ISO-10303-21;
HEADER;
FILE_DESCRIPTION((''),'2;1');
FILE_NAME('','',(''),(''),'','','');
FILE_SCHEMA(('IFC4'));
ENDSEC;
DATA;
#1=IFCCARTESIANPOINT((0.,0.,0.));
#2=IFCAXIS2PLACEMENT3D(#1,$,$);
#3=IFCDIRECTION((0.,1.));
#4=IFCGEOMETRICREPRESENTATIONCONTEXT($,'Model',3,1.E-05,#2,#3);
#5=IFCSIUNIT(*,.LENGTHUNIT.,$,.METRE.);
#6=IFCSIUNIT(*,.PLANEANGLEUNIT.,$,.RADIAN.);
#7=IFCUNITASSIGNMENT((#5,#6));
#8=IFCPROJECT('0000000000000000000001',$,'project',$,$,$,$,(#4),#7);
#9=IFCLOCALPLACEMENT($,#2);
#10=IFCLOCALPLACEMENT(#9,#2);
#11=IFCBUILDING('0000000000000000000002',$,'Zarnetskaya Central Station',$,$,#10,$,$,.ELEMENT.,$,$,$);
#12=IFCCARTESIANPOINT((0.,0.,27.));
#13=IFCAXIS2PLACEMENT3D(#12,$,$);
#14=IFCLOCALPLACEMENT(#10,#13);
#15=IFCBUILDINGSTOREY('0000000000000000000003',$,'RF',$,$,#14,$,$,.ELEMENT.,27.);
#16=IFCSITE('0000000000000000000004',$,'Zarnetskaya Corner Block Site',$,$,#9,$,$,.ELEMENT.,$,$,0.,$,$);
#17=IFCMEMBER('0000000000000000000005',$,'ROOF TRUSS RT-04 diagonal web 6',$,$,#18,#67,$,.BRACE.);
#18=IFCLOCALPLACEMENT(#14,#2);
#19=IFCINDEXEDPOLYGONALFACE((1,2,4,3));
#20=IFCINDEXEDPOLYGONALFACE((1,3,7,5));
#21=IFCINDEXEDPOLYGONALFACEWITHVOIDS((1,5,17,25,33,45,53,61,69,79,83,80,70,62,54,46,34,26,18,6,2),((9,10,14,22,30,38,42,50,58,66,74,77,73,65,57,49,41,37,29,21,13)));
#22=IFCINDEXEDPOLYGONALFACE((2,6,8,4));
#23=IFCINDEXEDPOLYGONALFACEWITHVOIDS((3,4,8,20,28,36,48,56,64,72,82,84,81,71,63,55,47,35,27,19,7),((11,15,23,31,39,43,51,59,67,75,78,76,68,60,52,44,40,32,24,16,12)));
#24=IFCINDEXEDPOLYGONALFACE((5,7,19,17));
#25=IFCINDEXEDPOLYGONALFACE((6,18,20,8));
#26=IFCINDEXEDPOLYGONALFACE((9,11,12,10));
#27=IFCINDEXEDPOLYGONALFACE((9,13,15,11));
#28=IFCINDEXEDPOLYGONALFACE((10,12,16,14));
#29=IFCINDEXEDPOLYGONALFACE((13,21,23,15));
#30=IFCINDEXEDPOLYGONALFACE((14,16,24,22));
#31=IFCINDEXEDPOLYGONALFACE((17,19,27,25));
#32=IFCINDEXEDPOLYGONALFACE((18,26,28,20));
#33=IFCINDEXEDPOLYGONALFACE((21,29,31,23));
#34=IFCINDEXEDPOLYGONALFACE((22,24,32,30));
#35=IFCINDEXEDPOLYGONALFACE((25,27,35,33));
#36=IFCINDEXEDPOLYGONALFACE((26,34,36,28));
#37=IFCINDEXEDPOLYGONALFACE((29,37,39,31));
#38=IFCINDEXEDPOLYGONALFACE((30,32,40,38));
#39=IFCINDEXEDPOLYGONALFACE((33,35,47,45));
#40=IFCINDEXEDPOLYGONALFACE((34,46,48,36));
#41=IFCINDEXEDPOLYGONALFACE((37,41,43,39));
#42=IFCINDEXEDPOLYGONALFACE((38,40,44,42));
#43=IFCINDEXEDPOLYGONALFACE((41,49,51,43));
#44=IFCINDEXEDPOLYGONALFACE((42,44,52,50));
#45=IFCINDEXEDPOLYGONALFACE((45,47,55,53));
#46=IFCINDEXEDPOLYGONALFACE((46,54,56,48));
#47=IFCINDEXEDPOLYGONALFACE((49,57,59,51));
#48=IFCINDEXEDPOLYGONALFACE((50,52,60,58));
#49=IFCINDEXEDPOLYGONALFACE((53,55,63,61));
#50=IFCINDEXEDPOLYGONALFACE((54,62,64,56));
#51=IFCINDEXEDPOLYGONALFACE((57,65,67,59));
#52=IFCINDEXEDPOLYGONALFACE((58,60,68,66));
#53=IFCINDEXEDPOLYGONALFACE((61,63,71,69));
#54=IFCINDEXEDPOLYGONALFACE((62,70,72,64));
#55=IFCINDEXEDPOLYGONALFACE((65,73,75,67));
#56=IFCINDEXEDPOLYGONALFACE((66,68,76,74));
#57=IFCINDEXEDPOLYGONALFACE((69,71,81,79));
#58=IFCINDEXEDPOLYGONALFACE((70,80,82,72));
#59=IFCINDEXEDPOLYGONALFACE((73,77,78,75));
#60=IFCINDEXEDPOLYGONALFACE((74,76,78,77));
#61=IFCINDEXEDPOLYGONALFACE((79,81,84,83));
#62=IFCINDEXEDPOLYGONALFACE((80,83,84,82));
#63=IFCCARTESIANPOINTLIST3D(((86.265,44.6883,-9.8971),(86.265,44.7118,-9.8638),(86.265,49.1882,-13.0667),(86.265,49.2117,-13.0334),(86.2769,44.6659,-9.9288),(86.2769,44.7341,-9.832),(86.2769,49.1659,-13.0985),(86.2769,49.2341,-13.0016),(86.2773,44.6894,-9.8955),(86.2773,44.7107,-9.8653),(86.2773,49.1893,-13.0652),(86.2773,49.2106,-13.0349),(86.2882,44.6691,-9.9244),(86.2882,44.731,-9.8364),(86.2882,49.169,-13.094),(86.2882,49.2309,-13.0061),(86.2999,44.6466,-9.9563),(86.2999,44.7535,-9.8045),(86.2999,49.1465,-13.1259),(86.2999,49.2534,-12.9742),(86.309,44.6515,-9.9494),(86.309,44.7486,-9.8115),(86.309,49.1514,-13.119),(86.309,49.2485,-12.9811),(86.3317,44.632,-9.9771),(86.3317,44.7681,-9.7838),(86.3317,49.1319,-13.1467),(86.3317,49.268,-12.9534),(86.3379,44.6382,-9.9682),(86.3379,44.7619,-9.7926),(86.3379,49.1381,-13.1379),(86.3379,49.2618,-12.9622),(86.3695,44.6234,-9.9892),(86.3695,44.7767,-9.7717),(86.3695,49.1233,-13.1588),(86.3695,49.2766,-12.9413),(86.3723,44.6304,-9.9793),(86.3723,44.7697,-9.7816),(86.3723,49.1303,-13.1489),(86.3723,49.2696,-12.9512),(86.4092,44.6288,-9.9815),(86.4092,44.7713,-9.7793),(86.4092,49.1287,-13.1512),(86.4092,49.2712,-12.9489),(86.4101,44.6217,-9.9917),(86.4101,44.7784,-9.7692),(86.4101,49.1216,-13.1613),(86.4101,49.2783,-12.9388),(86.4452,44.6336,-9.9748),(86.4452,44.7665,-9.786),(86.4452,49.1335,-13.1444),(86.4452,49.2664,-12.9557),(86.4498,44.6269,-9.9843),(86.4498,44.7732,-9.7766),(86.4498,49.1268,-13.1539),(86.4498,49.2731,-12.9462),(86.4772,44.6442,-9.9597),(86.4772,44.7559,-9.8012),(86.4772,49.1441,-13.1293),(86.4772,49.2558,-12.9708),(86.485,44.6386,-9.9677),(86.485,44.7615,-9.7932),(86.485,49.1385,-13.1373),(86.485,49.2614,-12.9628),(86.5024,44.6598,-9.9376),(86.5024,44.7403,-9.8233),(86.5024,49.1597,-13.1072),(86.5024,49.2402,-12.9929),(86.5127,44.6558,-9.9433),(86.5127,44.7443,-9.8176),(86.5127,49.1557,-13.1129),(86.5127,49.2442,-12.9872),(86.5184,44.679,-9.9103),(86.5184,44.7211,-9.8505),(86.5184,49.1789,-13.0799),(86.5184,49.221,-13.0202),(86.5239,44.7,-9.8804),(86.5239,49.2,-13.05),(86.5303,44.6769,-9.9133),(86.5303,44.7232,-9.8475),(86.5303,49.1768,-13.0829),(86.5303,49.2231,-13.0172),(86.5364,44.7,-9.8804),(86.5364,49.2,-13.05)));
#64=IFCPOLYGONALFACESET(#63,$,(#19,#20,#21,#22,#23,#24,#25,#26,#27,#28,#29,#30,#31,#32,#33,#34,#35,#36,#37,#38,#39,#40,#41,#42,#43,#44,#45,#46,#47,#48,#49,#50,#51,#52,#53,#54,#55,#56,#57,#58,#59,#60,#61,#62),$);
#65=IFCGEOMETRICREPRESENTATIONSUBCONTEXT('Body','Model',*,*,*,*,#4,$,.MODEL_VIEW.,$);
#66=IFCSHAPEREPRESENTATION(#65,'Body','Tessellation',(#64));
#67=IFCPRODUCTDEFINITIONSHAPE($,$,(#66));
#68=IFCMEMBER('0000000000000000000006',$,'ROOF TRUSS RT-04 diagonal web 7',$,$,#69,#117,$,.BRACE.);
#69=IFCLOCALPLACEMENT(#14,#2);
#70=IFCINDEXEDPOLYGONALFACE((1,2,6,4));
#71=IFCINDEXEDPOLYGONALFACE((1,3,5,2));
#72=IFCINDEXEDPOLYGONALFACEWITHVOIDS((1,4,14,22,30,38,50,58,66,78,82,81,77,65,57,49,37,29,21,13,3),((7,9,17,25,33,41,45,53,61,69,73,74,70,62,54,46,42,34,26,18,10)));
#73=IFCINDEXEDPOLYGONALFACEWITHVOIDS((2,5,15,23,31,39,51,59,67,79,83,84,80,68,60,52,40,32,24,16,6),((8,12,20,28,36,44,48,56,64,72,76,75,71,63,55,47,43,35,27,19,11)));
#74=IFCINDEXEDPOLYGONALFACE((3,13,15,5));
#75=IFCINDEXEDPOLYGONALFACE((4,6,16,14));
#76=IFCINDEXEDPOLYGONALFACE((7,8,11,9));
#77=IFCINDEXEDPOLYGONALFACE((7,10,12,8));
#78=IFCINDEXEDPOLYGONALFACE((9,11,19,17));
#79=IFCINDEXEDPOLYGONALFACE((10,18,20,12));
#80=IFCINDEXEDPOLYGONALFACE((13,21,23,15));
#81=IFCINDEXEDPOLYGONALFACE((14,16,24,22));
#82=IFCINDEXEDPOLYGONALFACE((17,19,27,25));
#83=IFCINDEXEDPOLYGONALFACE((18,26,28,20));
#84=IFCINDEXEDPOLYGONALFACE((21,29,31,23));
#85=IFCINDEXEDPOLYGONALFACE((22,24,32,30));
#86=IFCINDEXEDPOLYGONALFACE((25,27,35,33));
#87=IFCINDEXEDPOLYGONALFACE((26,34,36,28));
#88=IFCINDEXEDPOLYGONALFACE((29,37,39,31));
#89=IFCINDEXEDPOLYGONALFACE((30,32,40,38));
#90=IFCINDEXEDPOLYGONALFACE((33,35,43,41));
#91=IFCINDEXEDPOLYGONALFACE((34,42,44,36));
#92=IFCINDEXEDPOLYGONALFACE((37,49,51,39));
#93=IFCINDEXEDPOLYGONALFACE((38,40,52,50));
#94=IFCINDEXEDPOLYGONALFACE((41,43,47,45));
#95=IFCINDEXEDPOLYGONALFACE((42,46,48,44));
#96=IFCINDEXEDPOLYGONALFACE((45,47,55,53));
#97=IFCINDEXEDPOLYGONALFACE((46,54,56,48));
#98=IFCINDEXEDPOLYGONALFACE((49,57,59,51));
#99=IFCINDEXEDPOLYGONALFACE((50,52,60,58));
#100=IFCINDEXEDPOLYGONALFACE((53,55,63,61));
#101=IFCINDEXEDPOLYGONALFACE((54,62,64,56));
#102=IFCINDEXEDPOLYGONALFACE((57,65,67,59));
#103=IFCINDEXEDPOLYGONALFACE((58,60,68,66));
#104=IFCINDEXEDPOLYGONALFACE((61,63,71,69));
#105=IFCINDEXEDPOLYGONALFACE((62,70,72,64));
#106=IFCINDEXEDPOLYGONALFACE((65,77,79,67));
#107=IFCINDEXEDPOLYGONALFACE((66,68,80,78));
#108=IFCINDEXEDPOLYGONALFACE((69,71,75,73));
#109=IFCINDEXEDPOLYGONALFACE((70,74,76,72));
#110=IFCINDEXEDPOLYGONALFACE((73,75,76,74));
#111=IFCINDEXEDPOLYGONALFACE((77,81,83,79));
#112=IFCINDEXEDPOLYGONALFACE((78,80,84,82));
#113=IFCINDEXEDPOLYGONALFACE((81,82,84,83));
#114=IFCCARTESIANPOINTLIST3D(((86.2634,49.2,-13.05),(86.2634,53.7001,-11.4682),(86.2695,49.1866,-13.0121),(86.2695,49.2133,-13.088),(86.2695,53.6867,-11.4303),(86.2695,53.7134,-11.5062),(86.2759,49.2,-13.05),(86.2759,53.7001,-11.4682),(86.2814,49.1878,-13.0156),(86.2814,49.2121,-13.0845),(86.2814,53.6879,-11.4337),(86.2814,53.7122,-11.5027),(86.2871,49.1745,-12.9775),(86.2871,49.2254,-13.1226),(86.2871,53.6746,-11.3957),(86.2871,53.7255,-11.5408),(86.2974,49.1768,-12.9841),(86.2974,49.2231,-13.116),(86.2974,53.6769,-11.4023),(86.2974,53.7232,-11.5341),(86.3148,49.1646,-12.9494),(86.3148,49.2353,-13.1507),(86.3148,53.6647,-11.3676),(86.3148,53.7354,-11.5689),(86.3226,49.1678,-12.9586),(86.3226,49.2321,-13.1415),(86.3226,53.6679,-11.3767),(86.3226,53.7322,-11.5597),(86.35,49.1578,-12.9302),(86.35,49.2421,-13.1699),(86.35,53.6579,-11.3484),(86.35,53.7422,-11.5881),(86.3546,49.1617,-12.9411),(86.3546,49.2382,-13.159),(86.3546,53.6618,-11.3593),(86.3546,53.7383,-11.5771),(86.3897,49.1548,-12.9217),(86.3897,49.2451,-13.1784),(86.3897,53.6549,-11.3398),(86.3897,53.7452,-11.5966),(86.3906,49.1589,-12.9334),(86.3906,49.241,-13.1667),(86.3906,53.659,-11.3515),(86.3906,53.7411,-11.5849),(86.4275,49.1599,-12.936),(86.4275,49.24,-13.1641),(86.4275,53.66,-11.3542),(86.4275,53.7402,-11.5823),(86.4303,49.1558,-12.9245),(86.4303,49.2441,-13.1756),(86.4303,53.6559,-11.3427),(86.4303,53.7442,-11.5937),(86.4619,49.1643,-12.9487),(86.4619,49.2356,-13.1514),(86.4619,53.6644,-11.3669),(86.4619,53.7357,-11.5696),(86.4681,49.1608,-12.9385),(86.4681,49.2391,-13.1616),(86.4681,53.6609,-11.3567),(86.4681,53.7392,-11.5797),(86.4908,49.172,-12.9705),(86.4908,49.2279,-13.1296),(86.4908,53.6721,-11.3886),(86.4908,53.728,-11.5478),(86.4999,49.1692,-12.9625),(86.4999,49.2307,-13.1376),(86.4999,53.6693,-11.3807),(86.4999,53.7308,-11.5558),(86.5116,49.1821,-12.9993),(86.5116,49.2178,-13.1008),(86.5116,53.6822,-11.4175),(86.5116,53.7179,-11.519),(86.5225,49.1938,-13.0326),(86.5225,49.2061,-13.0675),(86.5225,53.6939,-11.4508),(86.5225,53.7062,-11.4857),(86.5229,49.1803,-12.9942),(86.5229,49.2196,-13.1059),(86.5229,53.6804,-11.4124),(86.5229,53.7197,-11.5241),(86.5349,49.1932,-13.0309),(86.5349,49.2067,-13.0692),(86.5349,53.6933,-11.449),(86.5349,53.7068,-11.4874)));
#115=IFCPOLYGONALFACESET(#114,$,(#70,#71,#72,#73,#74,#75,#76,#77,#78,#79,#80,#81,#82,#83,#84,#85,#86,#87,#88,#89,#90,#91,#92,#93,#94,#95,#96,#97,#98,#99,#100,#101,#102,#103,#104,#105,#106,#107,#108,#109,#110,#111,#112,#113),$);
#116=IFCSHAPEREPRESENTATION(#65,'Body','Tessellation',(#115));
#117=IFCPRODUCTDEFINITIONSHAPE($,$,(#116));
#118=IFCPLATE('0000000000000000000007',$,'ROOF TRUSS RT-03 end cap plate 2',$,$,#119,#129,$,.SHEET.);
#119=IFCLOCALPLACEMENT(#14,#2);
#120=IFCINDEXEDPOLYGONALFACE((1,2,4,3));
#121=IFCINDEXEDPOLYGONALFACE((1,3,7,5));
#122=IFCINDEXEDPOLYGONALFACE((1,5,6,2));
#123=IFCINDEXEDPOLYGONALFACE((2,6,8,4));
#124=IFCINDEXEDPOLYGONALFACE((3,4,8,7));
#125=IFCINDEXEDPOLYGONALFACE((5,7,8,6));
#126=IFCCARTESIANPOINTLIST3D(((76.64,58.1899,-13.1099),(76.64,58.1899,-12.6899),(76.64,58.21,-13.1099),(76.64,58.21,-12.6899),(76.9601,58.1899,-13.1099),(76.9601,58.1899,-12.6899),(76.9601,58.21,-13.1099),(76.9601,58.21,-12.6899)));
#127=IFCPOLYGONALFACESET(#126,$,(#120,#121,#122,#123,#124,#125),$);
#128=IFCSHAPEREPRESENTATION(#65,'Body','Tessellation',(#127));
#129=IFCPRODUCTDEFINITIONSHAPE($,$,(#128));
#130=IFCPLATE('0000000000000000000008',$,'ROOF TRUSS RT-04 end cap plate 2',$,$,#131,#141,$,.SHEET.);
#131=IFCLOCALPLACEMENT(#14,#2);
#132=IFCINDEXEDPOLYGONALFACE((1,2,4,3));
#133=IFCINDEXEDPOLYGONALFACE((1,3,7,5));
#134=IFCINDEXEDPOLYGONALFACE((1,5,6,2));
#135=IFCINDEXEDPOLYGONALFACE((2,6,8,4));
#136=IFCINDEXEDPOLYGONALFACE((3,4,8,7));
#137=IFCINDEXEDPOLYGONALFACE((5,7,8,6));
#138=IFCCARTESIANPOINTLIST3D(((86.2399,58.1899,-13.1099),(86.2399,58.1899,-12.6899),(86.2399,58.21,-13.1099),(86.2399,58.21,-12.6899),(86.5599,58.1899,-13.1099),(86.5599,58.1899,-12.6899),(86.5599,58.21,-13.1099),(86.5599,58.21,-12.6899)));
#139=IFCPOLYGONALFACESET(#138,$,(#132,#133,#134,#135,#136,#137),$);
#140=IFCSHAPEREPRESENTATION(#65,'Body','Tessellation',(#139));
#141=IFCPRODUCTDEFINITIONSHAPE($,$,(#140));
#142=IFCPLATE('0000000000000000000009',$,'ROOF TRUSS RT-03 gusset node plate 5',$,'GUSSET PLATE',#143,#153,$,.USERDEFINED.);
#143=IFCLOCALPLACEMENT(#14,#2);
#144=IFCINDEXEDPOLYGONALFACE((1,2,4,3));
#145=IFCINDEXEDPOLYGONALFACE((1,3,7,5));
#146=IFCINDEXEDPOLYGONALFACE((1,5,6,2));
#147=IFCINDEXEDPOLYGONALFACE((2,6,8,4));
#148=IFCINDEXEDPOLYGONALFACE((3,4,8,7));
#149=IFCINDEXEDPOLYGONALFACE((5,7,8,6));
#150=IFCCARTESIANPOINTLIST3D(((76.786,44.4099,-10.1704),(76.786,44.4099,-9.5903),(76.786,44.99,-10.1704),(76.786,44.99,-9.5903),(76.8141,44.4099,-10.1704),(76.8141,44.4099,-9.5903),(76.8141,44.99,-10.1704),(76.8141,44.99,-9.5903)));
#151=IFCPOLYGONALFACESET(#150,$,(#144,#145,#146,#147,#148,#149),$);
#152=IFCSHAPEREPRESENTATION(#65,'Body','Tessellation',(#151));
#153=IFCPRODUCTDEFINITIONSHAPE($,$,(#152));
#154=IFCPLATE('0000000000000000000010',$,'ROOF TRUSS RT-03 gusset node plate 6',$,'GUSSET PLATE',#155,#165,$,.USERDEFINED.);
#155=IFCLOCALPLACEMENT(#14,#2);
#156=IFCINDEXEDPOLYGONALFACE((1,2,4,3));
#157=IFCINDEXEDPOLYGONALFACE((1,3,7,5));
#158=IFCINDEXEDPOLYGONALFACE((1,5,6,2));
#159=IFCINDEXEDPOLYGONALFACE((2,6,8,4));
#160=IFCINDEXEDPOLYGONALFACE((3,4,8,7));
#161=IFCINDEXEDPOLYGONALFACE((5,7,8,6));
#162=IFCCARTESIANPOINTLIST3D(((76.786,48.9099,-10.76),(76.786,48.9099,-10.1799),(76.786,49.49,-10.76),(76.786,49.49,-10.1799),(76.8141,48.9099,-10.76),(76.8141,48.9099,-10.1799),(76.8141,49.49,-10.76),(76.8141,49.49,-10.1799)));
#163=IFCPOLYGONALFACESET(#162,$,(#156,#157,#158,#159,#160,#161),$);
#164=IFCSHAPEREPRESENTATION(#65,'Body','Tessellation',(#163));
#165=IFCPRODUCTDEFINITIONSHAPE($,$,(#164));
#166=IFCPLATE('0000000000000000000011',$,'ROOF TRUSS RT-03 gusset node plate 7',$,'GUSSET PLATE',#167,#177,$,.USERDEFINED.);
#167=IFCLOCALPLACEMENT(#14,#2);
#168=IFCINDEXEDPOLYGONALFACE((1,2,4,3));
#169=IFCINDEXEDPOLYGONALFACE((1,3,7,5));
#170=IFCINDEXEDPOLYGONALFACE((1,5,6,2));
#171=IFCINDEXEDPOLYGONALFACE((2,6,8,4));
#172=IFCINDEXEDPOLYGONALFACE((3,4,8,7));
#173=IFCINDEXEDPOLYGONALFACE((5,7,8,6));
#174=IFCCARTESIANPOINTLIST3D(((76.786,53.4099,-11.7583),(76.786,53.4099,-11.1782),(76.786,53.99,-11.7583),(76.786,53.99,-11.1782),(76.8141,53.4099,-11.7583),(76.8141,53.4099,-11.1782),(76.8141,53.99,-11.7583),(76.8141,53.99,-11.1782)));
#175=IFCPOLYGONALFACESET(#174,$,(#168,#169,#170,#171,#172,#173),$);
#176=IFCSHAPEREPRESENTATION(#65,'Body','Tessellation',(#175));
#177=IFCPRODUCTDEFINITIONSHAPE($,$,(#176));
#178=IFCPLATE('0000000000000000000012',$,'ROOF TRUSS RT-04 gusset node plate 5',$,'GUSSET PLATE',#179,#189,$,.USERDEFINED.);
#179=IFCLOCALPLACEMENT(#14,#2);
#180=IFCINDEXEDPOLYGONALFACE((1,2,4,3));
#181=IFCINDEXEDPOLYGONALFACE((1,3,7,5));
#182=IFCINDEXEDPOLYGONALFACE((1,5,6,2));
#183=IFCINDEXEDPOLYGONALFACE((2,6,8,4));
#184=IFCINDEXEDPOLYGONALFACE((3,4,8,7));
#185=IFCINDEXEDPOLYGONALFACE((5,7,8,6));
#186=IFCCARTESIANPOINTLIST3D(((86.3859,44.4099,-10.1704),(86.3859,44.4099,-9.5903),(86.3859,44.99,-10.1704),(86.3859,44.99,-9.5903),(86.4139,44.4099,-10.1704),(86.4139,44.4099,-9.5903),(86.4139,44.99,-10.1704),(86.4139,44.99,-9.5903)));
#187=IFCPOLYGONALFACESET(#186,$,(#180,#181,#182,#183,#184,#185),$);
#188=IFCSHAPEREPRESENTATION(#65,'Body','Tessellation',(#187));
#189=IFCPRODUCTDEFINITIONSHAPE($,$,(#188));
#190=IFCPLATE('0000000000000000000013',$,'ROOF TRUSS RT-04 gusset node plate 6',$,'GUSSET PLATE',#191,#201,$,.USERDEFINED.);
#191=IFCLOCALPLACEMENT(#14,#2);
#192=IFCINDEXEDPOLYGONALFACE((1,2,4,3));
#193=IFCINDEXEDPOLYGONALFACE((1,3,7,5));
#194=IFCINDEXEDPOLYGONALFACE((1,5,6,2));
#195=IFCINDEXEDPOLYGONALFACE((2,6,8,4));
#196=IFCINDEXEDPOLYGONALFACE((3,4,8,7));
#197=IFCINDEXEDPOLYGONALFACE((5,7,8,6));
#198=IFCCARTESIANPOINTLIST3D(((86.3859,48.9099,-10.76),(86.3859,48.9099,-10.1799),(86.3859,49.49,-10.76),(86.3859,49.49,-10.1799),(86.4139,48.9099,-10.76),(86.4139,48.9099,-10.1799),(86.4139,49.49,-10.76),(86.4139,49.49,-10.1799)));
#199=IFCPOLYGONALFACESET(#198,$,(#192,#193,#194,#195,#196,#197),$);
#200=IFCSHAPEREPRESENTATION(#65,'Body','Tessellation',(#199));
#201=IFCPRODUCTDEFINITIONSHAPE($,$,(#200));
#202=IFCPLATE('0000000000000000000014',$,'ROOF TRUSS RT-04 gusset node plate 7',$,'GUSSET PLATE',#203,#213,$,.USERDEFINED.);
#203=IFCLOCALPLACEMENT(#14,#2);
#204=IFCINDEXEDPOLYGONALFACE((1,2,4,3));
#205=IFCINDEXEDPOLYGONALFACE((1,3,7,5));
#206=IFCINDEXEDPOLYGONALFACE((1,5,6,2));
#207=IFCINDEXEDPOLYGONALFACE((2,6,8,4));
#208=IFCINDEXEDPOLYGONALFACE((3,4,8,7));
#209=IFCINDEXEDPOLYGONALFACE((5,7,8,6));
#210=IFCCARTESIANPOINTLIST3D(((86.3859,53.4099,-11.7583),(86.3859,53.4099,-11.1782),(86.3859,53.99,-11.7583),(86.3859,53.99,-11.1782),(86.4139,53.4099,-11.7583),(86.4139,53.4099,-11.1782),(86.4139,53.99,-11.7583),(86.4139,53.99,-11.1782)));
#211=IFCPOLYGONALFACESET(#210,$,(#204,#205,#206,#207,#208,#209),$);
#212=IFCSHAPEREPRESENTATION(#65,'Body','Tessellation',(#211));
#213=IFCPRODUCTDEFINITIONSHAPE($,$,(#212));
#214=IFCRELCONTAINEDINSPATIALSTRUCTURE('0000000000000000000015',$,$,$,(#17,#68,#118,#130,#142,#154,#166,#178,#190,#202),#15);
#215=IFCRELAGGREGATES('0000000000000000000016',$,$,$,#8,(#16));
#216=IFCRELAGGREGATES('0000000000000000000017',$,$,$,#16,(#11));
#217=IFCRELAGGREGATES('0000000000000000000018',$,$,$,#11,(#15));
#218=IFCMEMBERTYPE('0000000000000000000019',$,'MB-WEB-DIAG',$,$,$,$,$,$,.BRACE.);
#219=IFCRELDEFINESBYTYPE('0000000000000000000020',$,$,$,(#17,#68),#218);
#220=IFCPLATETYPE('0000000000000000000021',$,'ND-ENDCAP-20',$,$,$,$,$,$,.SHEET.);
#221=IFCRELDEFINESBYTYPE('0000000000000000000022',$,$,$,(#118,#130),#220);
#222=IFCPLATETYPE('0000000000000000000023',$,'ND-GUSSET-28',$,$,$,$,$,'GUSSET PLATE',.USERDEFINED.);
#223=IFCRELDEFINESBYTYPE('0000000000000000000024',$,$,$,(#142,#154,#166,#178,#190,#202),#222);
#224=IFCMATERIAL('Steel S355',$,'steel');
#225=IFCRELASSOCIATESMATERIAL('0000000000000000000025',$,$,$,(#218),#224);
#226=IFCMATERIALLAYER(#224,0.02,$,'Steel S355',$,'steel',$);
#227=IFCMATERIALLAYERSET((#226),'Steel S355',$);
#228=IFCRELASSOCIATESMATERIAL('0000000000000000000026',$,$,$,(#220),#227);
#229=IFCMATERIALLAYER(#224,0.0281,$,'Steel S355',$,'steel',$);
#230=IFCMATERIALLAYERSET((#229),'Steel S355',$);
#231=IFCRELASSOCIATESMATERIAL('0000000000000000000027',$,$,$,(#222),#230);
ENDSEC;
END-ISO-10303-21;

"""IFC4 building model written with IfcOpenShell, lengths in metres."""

from ifc_helpers import new_model, si_unit, direction, frame, origin, origin_2d, place, context, subcontext, project, spatial, rectangle, hollow_circle, extrude, material, layer, layer_set, material_profile, profile_set, type_object, element, save


model = new_model("IFC4")

# Units and contexts
model_context = context("Model", 3, precision=1e-05, world=origin(), true_north=direction((0.0, 1.0)))
body_context = subcontext(model_context, "Body", "Model", "MODEL_VIEW")
ifc_project = project(units=[si_unit("LENGTHUNIT", "METRE"), si_unit("PLANEANGLEUNIT", "RADIAN")], contexts=[model_context])

# Site, building, storey
site_placement = place(None, origin())
site = spatial("IfcSite", under=ifc_project, at=site_placement, Name="Zarnetskaya Corner Block Site", CompositionType="ELEMENT", RefElevation=0.0)
building_placement = place(site_placement, origin())
building = spatial("IfcBuilding", under=site, at=building_placement, Name="Zarnetskaya Central Station", CompositionType="ELEMENT")
storey_placement = place(building_placement, frame((0.0, 0.0, 27.0)))
storey = spatial("IfcBuildingStorey", under=building, at=storey_placement, Name="RF", CompositionType="ELEMENT", Elevation=27.0)

# Shared definitions
ifc_material_1 = material(Name="Steel S355", Category="steel")

# Members
ifc_material_profile_1 = material_profile(ifc_material_1, hollow_circle(Radius=0.1365, WallThickness=0.0125, at=origin_2d()), Name="CHS 273x12.5")
ifc_profile_set_1 = profile_set([ifc_material_profile_1], Name="Steel S355")
member_type_1 = type_object("IfcMemberType", Name="MB-WEB-DIAG", PredefinedType="BRACE", material=ifc_profile_set_1)
member_1_placement = place(storey_placement, frame((86.3999, 49.2, -13.05), z_axis=(0.0, -0.817549, 0.575859), x_axis=(1.0, 0.0, 0.0)))
element("IfcMember", 1, at=member_1_placement, inside=storey, type_object=member_type_1, Name="ROOF TRUSS RT-04 diagonal web 6", PredefinedType="BRACE", context=body_context, shape_type="SweptSolid", body=[
    extrude(hollow_circle(Radius=0.1365, WallThickness=0.0125, at=origin_2d()), origin(), (0.0, 0.0, 1.0), 5.5042),
])
member_2_placement = place(storey_placement, frame((86.3999, 49.2, -13.05), z_axis=(0.0, 0.943414, 0.331618), x_axis=(-1.0, 0.0, 0.0)))
element("IfcMember", 2, at=member_2_placement, inside=storey, type_object=member_type_1, Name="ROOF TRUSS RT-04 diagonal web 7", PredefinedType="BRACE", context=body_context, shape_type="SweptSolid", body=[
    extrude(hollow_circle(Radius=0.1365, WallThickness=0.0125, at=origin_2d()), origin(), (0.0, 0.0, 1.0), 4.77),
])

# Plates
ifc_layer_1 = layer(ifc_material_1, 0.02, Name="Steel S355", Category="steel")
ifc_layer_set_1 = layer_set([ifc_layer_1], Name="Steel S355")
plate_type_1 = type_object("IfcPlateType", Name="ND-ENDCAP-20", PredefinedType="SHEET", material=ifc_layer_set_1)
for number, where, z_axis, x_axis, name in (
    (3, (76.8, 58.2, -13.1099), (0.0, 0.0, 1.0), (1.0, 0.0, 0.0), "ROOF TRUSS RT-03 end cap plate 2"),
    (4, (86.3999, 58.2, -13.1099), (0.0, 0.0, 1.0), (1.0, 0.0, 0.0), "ROOF TRUSS RT-04 end cap plate 2"),
):
    element("IfcPlate", number, at=place(storey_placement, frame(where, z_axis=z_axis, x_axis=x_axis)), inside=storey, type_object=plate_type_1, Name=name, PredefinedType="SHEET", context=body_context, shape_type="SweptSolid", body=[
        extrude(rectangle(XDim=0.3201, YDim=0.02, at=origin_2d()), origin(), (0.0, 0.0, 1.0), 0.4199),
    ])
ifc_layer_2 = layer(ifc_material_1, 0.0281, Name="Steel S355", Category="steel")
ifc_layer_set_2 = layer_set([ifc_layer_2], Name="Steel S355")
plate_type_2 = type_object("IfcPlateType", Name="ND-GUSSET-28", ElementType="GUSSET PLATE", PredefinedType="USERDEFINED", material=ifc_layer_set_2)
for number, where, z_axis, x_axis, name in (
    (5, (76.8, 44.7, -10.1704), (0.0, 0.0, 1.0), (1.0, 0.0, 0.0), "ROOF TRUSS RT-03 gusset node plate 5"),
    (6, (76.8, 49.2, -10.76), (0.0, 0.0, 1.0), (1.0, 0.0, 0.0), "ROOF TRUSS RT-03 gusset node plate 6"),
    (7, (76.8, 53.7, -11.7583), (0.0, 0.0, 1.0), (1.0, 0.0, 0.0), "ROOF TRUSS RT-03 gusset node plate 7"),
    (8, (86.3999, 44.7, -10.1704), (0.0, 0.0, 1.0), (1.0, 0.0, 0.0), "ROOF TRUSS RT-04 gusset node plate 5"),
    (9, (86.3999, 49.2, -10.76), (0.0, 0.0, 1.0), (1.0, 0.0, 0.0), "ROOF TRUSS RT-04 gusset node plate 6"),
    (10, (86.3999, 53.7, -11.7583), (0.0, 0.0, 1.0), (1.0, 0.0, 0.0), "ROOF TRUSS RT-04 gusset node plate 7"),
):
    element("IfcPlate", number, at=place(storey_placement, frame(where, z_axis=z_axis, x_axis=x_axis)), inside=storey, type_object=plate_type_2, Name=name, ObjectType="GUSSET PLATE", PredefinedType="USERDEFINED", context=body_context, shape_type="SweptSolid", body=[
        extrude(rectangle(XDim=0.0281, YDim=0.5801, at=origin_2d()), origin(), (0.0, 0.0, 1.0), 0.5801),
    ])

save(model, "model.ifc")
